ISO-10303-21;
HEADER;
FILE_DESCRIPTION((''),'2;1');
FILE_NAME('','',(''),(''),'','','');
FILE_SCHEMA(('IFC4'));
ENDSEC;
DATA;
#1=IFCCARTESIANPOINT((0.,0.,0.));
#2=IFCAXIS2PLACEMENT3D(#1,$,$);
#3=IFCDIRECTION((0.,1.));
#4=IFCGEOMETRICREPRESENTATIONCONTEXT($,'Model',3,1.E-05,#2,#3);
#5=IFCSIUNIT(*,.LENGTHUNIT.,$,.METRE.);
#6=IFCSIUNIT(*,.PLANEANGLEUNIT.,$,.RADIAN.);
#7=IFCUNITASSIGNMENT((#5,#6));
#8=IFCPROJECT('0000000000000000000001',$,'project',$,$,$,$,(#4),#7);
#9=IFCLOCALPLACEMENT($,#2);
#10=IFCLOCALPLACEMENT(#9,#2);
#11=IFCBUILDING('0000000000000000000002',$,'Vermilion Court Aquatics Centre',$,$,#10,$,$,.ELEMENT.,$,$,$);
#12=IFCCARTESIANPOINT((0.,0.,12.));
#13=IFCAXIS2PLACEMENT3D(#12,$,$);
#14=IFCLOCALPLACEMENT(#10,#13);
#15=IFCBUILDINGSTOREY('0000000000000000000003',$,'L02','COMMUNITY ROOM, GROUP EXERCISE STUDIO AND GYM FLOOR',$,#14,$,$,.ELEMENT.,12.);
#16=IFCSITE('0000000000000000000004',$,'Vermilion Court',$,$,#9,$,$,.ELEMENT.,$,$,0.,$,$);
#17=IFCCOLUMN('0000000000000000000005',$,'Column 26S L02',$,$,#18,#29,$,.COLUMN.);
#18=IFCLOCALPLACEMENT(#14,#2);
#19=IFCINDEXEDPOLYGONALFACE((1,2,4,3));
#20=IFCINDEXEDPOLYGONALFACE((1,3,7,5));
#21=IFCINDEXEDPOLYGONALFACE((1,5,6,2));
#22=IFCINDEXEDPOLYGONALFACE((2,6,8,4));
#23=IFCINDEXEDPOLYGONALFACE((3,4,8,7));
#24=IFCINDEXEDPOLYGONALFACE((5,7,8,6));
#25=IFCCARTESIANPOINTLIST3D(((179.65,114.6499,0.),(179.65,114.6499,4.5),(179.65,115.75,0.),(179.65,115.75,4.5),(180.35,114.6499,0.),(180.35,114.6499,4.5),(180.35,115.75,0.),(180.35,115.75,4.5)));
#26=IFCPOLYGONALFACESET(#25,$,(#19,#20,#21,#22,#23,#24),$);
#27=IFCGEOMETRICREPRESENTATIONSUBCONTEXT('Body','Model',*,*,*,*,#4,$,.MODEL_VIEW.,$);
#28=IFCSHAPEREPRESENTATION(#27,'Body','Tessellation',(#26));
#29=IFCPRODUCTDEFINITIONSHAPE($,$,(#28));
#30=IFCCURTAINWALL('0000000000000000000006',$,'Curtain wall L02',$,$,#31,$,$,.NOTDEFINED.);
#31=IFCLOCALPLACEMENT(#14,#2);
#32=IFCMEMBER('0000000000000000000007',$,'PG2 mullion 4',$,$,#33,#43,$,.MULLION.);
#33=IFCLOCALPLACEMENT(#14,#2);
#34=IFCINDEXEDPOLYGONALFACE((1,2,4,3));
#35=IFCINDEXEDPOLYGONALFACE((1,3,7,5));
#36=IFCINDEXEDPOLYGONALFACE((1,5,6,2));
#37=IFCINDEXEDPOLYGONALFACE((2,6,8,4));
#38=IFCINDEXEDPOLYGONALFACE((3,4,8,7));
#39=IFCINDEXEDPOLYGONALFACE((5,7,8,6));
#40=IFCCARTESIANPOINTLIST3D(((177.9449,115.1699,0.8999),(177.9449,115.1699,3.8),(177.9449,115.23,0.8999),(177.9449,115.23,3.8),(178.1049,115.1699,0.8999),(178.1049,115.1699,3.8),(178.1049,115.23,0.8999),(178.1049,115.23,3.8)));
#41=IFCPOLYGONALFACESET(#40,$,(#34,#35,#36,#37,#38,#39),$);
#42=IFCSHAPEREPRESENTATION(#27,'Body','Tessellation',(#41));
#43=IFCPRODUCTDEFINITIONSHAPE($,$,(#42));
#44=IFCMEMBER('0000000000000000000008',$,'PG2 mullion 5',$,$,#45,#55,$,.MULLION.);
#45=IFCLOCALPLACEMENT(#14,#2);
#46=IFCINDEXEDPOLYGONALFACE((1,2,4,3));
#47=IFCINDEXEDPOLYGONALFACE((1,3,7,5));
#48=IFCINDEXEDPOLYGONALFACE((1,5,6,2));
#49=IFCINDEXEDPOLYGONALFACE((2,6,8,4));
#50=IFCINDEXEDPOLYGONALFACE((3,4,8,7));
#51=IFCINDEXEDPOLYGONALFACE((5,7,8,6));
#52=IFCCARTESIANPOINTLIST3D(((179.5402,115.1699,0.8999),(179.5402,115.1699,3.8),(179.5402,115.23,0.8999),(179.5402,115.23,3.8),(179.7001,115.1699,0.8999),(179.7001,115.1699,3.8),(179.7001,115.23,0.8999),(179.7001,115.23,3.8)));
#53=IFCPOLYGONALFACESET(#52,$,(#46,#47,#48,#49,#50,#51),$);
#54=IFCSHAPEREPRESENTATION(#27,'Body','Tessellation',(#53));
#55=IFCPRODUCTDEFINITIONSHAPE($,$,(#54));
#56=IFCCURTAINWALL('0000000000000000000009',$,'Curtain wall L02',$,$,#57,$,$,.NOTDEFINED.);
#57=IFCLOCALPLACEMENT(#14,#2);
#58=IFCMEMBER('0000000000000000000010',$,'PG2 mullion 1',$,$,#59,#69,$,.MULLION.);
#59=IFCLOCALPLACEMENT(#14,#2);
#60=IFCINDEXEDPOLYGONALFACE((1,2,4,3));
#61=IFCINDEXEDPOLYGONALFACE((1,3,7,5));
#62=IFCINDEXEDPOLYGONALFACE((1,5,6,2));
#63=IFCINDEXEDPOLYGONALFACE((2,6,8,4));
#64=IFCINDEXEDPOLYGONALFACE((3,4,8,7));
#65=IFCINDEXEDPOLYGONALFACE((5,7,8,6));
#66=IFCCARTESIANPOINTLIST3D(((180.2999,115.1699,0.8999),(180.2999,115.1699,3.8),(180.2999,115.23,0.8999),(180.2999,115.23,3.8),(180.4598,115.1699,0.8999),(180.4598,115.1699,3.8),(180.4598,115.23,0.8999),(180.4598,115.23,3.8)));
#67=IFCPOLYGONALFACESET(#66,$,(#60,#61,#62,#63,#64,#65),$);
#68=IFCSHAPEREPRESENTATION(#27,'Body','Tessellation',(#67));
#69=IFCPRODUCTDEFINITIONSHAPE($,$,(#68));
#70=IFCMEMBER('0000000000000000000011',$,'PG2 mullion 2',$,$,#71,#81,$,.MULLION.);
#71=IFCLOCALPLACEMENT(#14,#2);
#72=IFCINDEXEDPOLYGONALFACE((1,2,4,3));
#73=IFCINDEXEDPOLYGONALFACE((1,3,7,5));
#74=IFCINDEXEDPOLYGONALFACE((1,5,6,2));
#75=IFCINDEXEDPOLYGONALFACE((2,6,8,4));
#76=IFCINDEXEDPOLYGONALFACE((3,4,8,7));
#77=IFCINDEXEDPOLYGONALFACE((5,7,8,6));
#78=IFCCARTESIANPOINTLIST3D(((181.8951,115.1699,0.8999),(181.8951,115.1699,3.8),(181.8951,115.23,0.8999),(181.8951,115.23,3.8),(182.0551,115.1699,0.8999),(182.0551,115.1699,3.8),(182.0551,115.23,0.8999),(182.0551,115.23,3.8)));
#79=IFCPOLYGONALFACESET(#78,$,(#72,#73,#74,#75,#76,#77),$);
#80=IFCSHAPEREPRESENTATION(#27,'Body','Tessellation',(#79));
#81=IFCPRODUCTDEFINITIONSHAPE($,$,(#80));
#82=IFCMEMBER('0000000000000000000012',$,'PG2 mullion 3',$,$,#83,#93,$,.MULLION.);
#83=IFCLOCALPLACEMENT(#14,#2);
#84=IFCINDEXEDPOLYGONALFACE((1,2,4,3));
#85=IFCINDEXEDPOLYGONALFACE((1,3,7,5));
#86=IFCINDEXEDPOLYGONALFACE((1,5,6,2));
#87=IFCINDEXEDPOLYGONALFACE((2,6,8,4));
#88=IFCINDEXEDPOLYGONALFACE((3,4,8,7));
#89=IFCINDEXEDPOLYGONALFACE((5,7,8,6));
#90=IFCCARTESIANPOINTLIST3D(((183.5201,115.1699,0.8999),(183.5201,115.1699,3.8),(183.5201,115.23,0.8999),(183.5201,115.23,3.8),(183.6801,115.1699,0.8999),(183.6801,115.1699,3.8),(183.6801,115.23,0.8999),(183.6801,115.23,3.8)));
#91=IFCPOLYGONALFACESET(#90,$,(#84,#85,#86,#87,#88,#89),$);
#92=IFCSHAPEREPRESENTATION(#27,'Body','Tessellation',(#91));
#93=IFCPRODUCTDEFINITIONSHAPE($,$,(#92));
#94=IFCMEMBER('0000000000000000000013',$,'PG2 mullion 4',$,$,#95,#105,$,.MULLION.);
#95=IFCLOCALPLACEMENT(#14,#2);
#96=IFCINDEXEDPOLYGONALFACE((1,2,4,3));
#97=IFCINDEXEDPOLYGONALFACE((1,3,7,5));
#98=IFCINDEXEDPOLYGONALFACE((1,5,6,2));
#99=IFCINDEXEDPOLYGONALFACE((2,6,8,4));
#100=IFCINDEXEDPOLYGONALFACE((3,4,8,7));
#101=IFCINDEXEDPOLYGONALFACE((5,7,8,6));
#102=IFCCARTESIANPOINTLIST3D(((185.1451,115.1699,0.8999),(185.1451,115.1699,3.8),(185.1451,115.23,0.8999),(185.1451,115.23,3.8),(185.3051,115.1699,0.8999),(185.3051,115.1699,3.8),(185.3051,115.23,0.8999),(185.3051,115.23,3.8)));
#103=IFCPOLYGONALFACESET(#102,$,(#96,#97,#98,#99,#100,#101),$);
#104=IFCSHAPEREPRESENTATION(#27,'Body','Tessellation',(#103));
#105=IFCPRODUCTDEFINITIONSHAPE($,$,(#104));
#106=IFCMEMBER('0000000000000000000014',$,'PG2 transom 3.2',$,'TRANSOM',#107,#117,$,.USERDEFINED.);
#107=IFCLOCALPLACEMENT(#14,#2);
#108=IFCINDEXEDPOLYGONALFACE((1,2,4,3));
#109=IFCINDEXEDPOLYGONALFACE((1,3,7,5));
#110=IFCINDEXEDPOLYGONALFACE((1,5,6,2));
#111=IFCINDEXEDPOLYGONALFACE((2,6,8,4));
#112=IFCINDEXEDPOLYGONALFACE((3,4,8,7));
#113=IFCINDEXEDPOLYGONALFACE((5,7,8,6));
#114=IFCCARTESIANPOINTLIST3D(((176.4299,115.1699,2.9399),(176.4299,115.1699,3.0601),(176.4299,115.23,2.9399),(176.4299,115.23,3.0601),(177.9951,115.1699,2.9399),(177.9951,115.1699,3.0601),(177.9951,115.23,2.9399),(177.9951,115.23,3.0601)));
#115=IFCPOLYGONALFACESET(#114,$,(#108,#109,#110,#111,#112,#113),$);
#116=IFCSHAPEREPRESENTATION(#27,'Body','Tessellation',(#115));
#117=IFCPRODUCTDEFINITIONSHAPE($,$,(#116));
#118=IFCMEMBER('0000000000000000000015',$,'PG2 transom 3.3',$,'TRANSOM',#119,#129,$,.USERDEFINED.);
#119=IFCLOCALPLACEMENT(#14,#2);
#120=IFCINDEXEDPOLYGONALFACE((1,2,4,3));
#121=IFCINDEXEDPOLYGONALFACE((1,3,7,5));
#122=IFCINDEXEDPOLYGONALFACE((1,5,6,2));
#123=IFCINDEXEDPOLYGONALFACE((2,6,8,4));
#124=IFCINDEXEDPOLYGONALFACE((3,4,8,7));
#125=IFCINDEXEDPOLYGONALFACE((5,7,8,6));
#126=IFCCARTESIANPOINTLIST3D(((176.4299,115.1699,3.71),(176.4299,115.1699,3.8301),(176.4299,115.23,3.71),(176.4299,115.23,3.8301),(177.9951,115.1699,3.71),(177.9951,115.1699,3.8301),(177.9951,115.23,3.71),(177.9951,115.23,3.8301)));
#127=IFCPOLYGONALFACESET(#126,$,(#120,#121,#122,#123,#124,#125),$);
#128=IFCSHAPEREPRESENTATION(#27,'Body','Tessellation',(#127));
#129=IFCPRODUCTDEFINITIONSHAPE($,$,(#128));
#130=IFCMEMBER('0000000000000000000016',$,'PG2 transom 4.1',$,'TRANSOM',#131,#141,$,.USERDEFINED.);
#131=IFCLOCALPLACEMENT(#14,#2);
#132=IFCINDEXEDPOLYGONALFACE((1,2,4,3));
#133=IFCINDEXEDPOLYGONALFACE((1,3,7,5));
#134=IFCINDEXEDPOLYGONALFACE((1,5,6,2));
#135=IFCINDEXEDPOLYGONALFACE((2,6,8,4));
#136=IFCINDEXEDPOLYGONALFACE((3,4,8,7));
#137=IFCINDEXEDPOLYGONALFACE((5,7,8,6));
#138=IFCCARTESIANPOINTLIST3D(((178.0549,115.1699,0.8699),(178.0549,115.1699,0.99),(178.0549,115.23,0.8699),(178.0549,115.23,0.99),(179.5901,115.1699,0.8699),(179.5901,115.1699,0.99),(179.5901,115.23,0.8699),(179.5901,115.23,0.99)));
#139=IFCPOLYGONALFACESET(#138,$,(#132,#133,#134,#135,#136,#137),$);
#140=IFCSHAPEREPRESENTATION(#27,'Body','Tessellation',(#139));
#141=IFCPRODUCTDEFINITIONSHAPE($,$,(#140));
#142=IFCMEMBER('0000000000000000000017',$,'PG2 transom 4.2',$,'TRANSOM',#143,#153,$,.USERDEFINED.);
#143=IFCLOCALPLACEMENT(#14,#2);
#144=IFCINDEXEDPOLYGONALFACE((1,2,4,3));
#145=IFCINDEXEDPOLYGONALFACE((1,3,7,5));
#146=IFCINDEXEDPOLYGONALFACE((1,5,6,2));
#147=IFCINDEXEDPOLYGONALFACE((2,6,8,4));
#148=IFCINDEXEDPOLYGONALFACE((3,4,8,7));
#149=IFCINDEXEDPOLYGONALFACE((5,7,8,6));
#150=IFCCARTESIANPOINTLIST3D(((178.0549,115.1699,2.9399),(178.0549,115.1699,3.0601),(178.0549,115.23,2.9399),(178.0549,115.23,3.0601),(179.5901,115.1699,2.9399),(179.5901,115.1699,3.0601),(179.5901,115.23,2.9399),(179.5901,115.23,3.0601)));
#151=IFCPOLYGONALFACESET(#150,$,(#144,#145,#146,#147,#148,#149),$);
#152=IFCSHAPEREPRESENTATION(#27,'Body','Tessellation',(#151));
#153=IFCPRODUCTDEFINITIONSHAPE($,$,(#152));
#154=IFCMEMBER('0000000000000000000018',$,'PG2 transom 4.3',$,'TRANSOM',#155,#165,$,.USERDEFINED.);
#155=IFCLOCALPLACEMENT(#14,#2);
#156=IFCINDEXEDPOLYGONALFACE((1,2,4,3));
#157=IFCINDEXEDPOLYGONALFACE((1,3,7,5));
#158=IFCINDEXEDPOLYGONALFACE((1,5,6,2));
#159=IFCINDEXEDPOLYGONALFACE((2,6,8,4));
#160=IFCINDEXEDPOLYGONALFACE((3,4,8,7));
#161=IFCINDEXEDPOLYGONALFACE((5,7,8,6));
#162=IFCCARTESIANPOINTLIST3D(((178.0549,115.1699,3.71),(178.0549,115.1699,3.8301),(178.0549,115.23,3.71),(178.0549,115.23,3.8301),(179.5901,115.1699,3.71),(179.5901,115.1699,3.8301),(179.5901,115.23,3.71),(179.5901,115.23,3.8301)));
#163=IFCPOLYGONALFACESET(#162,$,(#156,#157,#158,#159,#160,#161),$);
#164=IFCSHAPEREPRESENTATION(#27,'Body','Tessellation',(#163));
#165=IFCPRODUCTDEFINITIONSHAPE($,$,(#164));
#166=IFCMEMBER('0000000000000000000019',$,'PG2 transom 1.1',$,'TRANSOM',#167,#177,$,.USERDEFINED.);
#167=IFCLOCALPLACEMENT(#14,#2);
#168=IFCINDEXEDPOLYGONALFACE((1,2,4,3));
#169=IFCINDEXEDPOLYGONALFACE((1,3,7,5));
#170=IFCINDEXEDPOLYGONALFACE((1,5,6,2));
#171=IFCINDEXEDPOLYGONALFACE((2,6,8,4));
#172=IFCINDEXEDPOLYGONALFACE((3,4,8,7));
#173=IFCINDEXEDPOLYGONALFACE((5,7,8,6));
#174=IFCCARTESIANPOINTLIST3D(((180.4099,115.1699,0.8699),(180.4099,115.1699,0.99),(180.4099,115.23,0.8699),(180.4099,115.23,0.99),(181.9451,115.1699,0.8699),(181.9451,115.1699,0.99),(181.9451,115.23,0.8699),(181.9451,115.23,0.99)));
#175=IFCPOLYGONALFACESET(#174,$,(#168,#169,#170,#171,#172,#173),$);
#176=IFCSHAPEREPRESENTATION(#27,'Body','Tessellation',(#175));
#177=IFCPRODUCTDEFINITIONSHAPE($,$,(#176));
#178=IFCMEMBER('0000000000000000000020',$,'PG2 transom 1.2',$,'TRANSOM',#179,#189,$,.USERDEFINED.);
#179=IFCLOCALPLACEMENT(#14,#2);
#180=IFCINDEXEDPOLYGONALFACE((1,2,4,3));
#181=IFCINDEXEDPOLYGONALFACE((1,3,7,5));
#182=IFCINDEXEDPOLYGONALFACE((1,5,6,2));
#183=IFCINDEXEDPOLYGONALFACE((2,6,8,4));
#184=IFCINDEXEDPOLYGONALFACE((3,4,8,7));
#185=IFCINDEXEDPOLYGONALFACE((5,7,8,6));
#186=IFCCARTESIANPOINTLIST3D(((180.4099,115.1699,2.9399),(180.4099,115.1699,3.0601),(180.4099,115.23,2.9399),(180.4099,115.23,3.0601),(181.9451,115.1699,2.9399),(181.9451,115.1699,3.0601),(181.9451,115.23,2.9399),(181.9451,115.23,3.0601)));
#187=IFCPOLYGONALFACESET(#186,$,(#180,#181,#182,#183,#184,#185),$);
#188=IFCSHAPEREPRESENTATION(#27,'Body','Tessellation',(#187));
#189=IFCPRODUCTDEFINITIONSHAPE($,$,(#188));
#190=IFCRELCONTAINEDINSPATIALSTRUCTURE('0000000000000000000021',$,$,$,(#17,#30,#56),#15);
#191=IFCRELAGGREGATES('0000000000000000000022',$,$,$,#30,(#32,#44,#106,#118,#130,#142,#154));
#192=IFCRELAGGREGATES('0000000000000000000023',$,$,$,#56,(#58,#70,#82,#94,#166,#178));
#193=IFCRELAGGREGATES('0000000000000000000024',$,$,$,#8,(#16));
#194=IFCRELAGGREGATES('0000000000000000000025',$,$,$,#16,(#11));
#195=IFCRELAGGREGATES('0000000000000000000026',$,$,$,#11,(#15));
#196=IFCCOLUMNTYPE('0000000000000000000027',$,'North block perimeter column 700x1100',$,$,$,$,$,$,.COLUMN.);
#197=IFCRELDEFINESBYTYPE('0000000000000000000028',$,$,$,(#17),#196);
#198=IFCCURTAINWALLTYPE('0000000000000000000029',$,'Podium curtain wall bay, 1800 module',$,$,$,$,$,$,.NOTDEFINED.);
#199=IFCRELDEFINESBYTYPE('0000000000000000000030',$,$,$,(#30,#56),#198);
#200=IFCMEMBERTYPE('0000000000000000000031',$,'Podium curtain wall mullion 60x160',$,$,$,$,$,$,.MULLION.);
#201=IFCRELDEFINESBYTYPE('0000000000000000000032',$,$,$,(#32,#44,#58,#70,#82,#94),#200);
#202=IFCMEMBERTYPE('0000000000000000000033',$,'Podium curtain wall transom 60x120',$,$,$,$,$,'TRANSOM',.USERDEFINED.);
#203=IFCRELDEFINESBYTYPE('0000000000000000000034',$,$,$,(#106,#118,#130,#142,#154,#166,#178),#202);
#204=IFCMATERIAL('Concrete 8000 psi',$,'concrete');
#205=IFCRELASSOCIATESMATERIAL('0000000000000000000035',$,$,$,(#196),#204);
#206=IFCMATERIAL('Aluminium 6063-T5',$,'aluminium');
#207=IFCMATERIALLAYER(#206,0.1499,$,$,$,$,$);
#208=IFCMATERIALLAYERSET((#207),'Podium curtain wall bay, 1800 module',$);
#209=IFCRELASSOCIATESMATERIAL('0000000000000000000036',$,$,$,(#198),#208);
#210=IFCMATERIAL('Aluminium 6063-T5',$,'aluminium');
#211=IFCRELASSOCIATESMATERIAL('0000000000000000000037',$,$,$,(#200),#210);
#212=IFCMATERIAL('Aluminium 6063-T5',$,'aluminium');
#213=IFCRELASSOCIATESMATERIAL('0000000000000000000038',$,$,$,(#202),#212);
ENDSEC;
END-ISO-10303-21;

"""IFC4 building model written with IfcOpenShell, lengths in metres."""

from ifc_helpers import new_model, si_unit, direction, frame, origin, origin_2d, place, context, subcontext, project, spatial, rectangle, extrude, material, layer, layer_set, material_profile, profile_set, type_object, element, aggregate, save


model = new_model("IFC4")

# Units and contexts
model_context = context("Model", 3, precision=1e-05, world=origin(), true_north=direction((0.0, 1.0)))
body_context = subcontext(model_context, "Body", "Model", "MODEL_VIEW")
ifc_project = project(units=[si_unit("LENGTHUNIT", "METRE"), si_unit("PLANEANGLEUNIT", "RADIAN")], contexts=[model_context])

# Site, building, storey
site_placement = place(None, origin())
site = spatial("IfcSite", under=ifc_project, at=site_placement, Name="Vermilion Court", CompositionType="ELEMENT", RefElevation=0.0)
building_placement = place(site_placement, origin())
building = spatial("IfcBuilding", under=site, at=building_placement, Name="Vermilion Court Aquatics Centre", CompositionType="ELEMENT")
storey_placement = place(building_placement, frame((0.0, 0.0, 12.0)))
storey = spatial("IfcBuildingStorey", under=building, at=storey_placement, Name="L02", Description="COMMUNITY ROOM, GROUP EXERCISE STUDIO AND GYM FLOOR", CompositionType="ELEMENT", Elevation=12.0)

# Column
ifc_material_1 = material(Name="Concrete 8000 psi", Category="concrete")
ifc_material_profile_1 = material_profile(ifc_material_1, rectangle(XDim=0.7, YDim=1.1001, at=origin_2d()), Name="RC 700x1100")
ifc_profile_set_1 = profile_set([ifc_material_profile_1], Name="Concrete 8000 psi")
column_type = type_object("IfcColumnType", Name="North block perimeter column 700x1100", PredefinedType="COLUMN", material=ifc_profile_set_1)
column_placement = place(storey_placement, frame((180.0, 115.2, 0.0), z_axis=(0.0, 0.0, 1.0), x_axis=(1.0, 0.0, 0.0)))
element("IfcColumn", 1, at=column_placement, inside=storey, type_object=column_type, Name="Column 26S L02", PredefinedType="COLUMN", context=body_context, shape_type="SweptSolid", body=[
    extrude(rectangle(XDim=0.7, YDim=1.1001, at=origin_2d()), origin(), (0.0, 0.0, 1.0), 4.5),
])

# Curtain walls, members
ifc_material_2 = material(Name="Aluminium 6063-T5", Category="aluminium")
ifc_layer_1 = layer(ifc_material_2, 0.1499)
ifc_layer_set_1 = layer_set([ifc_layer_1], Name="Podium curtain wall bay, 1800 module")
curtain_wall_type = type_object("IfcCurtainWallType", Name="Podium curtain wall bay, 1800 module", PredefinedType="NOTDEFINED", material=ifc_layer_set_1)
curtain_wall_1_placement = place(storey_placement, origin())
curtain_wall_1 = element("IfcCurtainWall", 2, at=curtain_wall_1_placement, inside=storey, type_object=curtain_wall_type, Name="Curtain wall L02", PredefinedType="NOTDEFINED")
ifc_material_3 = material(Name="Aluminium 6063-T5", Category="aluminium")
ifc_material_profile_2 = material_profile(ifc_material_3, rectangle(XDim=0.0601, YDim=0.1599, at=origin_2d()), Name="Mullion 60x160")
ifc_profile_set_2 = profile_set([ifc_material_profile_2], Name="Aluminium 6063-T5")
member_type_1 = type_object("IfcMemberType", Name="Podium curtain wall mullion 60x160", PredefinedType="MULLION", material=ifc_profile_set_2)
member_1_placement = place(storey_placement, frame((178.0249, 115.2, 0.8999), z_axis=(0.0, 0.0, 1.0), x_axis=(0.0, 1.0, 0.0)))
member_1 = element("IfcMember", 3, at=member_1_placement, type_object=member_type_1, Name="PG2 mullion 4", PredefinedType="MULLION", context=body_context, shape_type="SweptSolid", body=[
    extrude(rectangle(XDim=0.0601, YDim=0.1599, at=origin_2d()), origin(), (0.0, 0.0, 1.0), 2.9001),
])
member_2_placement = place(storey_placement, frame((179.6201, 115.2, 0.8999), z_axis=(0.0, 0.0, 1.0), x_axis=(0.0, 1.0, 0.0)))
member_2 = element("IfcMember", 4, at=member_2_placement, type_object=member_type_1, Name="PG2 mullion 5", PredefinedType="MULLION", context=body_context, shape_type="SweptSolid", body=[
    extrude(rectangle(XDim=0.0601, YDim=0.1599, at=origin_2d()), origin(), (0.0, 0.0, 1.0), 2.9001),
])
curtain_wall_2_placement = place(storey_placement, origin())
curtain_wall_2 = element("IfcCurtainWall", 5, at=curtain_wall_2_placement, inside=storey, type_object=curtain_wall_type, Name="Curtain wall L02", PredefinedType="NOTDEFINED")
member_3_placement = place(storey_placement, frame((180.3799, 115.2, 0.8999), z_axis=(0.0, 0.0, 1.0), x_axis=(0.0, 1.0, 0.0)))
member_3 = element("IfcMember", 6, at=member_3_placement, type_object=member_type_1, Name="PG2 mullion 1", PredefinedType="MULLION", context=body_context, shape_type="SweptSolid", body=[
    extrude(rectangle(XDim=0.0601, YDim=0.1599, at=origin_2d()), origin(), (0.0, 0.0, 1.0), 2.9001),
])
member_4_placement = place(storey_placement, frame((181.9751, 115.2, 0.8999), z_axis=(0.0, 0.0, 1.0), x_axis=(0.0, 1.0, 0.0)))
member_4 = element("IfcMember", 7, at=member_4_placement, type_object=member_type_1, Name="PG2 mullion 2", PredefinedType="MULLION", context=body_context, shape_type="SweptSolid", body=[
    extrude(rectangle(XDim=0.0601, YDim=0.1599, at=origin_2d()), origin(), (0.0, 0.0, 1.0), 2.9001),
])
member_5_placement = place(storey_placement, frame((183.6001, 115.2, 0.8999), z_axis=(0.0, 0.0, 1.0), x_axis=(0.0, 1.0, 0.0)))
member_5 = element("IfcMember", 8, at=member_5_placement, type_object=member_type_1, Name="PG2 mullion 3", PredefinedType="MULLION", context=body_context, shape_type="SweptSolid", body=[
    extrude(rectangle(XDim=0.0601, YDim=0.1599, at=origin_2d()), origin(), (0.0, 0.0, 1.0), 2.9001),
])
member_6_placement = place(storey_placement, frame((185.2251, 115.2, 0.8999), z_axis=(0.0, 0.0, 1.0), x_axis=(0.0, 1.0, 0.0)))
member_6 = element("IfcMember", 9, at=member_6_placement, type_object=member_type_1, Name="PG2 mullion 4", PredefinedType="MULLION", context=body_context, shape_type="SweptSolid", body=[
    extrude(rectangle(XDim=0.0601, YDim=0.1599, at=origin_2d()), origin(), (0.0, 0.0, 1.0), 2.9001),
])

# Members
ifc_material_4 = material(Name="Aluminium 6063-T5", Category="aluminium")
ifc_material_profile_3 = material_profile(ifc_material_4, rectangle(XDim=0.0601, YDim=0.1201, at=origin_2d()), Name="Transom 60x120")
ifc_profile_set_3 = profile_set([ifc_material_profile_3], Name="Aluminium 6063-T5")
member_type_2 = type_object("IfcMemberType", Name="Podium curtain wall transom 60x120", ElementType="TRANSOM", PredefinedType="USERDEFINED", material=ifc_profile_set_3)
member_7_placement = place(storey_placement, frame((176.4299, 115.2, 3.0), z_axis=(1.0, 0.0, 0.0), x_axis=(0.0, 1.0, 0.0)))
member_7 = element("IfcMember", 10, at=member_7_placement, type_object=member_type_2, Name="PG2 transom 3.2", ObjectType="TRANSOM", PredefinedType="USERDEFINED", context=body_context, shape_type="SweptSolid", body=[
    extrude(rectangle(XDim=0.0601, YDim=0.1201, at=origin_2d()), origin(), (0.0, 0.0, 1.0), 1.5652),
])
member_8_placement = place(storey_placement, frame((176.4299, 115.2, 3.77), z_axis=(1.0, 0.0, 0.0), x_axis=(0.0, 1.0, 0.0)))
member_8 = element("IfcMember", 11, at=member_8_placement, type_object=member_type_2, Name="PG2 transom 3.3", ObjectType="TRANSOM", PredefinedType="USERDEFINED", context=body_context, shape_type="SweptSolid", body=[
    extrude(rectangle(XDim=0.0601, YDim=0.1201, at=origin_2d()), origin(), (0.0, 0.0, 1.0), 1.5652),
])
member_9_placement = place(storey_placement, frame((178.0549, 115.2, 0.9299), z_axis=(1.0, 0.0, 0.0), x_axis=(0.0, 1.0, 0.0)))
member_9 = element("IfcMember", 12, at=member_9_placement, type_object=member_type_2, Name="PG2 transom 4.1", ObjectType="TRANSOM", PredefinedType="USERDEFINED", context=body_context, shape_type="SweptSolid", body=[
    extrude(rectangle(XDim=0.0601, YDim=0.1201, at=origin_2d()), origin(), (0.0, 0.0, 1.0), 1.5352),
])
member_10_placement = place(storey_placement, frame((178.0549, 115.2, 3.0), z_axis=(1.0, 0.0, 0.0), x_axis=(0.0, 1.0, 0.0)))
member_10 = element("IfcMember", 13, at=member_10_placement, type_object=member_type_2, Name="PG2 transom 4.2", ObjectType="TRANSOM", PredefinedType="USERDEFINED", context=body_context, shape_type="SweptSolid", body=[
    extrude(rectangle(XDim=0.0601, YDim=0.1201, at=origin_2d()), origin(), (0.0, 0.0, 1.0), 1.5352),
])
member_11_placement = place(storey_placement, frame((178.0549, 115.2, 3.77), z_axis=(1.0, 0.0, 0.0), x_axis=(0.0, 1.0, 0.0)))
member_11 = element("IfcMember", 14, at=member_11_placement, type_object=member_type_2, Name="PG2 transom 4.3", ObjectType="TRANSOM", PredefinedType="USERDEFINED", context=body_context, shape_type="SweptSolid", body=[
    extrude(rectangle(XDim=0.0601, YDim=0.1201, at=origin_2d()), origin(), (0.0, 0.0, 1.0), 1.5352),
])
member_12_placement = place(storey_placement, frame((180.4099, 115.2, 0.9299), z_axis=(1.0, 0.0, 0.0), x_axis=(0.0, 1.0, 0.0)))
member_12 = element("IfcMember", 15, at=member_12_placement, type_object=member_type_2, Name="PG2 transom 1.1", ObjectType="TRANSOM", PredefinedType="USERDEFINED", context=body_context, shape_type="SweptSolid", body=[
    extrude(rectangle(XDim=0.0601, YDim=0.1201, at=origin_2d()), origin(), (0.0, 0.0, 1.0), 1.5352),
])
member_13_placement = place(storey_placement, frame((180.4099, 115.2, 3.0), z_axis=(1.0, 0.0, 0.0), x_axis=(0.0, 1.0, 0.0)))
member_13 = element("IfcMember", 16, at=member_13_placement, type_object=member_type_2, Name="PG2 transom 1.2", ObjectType="TRANSOM", PredefinedType="USERDEFINED", context=body_context, shape_type="SweptSolid", body=[
    extrude(rectangle(XDim=0.0601, YDim=0.1201, at=origin_2d()), origin(), (0.0, 0.0, 1.0), 1.5352),
])

aggregate(curtain_wall_1, [member_1, member_2, member_7, member_8, member_9, member_10, member_11])
aggregate(curtain_wall_2, [member_3, member_4, member_5, member_6, member_12, member_13])

save(model, "model.ifc")
